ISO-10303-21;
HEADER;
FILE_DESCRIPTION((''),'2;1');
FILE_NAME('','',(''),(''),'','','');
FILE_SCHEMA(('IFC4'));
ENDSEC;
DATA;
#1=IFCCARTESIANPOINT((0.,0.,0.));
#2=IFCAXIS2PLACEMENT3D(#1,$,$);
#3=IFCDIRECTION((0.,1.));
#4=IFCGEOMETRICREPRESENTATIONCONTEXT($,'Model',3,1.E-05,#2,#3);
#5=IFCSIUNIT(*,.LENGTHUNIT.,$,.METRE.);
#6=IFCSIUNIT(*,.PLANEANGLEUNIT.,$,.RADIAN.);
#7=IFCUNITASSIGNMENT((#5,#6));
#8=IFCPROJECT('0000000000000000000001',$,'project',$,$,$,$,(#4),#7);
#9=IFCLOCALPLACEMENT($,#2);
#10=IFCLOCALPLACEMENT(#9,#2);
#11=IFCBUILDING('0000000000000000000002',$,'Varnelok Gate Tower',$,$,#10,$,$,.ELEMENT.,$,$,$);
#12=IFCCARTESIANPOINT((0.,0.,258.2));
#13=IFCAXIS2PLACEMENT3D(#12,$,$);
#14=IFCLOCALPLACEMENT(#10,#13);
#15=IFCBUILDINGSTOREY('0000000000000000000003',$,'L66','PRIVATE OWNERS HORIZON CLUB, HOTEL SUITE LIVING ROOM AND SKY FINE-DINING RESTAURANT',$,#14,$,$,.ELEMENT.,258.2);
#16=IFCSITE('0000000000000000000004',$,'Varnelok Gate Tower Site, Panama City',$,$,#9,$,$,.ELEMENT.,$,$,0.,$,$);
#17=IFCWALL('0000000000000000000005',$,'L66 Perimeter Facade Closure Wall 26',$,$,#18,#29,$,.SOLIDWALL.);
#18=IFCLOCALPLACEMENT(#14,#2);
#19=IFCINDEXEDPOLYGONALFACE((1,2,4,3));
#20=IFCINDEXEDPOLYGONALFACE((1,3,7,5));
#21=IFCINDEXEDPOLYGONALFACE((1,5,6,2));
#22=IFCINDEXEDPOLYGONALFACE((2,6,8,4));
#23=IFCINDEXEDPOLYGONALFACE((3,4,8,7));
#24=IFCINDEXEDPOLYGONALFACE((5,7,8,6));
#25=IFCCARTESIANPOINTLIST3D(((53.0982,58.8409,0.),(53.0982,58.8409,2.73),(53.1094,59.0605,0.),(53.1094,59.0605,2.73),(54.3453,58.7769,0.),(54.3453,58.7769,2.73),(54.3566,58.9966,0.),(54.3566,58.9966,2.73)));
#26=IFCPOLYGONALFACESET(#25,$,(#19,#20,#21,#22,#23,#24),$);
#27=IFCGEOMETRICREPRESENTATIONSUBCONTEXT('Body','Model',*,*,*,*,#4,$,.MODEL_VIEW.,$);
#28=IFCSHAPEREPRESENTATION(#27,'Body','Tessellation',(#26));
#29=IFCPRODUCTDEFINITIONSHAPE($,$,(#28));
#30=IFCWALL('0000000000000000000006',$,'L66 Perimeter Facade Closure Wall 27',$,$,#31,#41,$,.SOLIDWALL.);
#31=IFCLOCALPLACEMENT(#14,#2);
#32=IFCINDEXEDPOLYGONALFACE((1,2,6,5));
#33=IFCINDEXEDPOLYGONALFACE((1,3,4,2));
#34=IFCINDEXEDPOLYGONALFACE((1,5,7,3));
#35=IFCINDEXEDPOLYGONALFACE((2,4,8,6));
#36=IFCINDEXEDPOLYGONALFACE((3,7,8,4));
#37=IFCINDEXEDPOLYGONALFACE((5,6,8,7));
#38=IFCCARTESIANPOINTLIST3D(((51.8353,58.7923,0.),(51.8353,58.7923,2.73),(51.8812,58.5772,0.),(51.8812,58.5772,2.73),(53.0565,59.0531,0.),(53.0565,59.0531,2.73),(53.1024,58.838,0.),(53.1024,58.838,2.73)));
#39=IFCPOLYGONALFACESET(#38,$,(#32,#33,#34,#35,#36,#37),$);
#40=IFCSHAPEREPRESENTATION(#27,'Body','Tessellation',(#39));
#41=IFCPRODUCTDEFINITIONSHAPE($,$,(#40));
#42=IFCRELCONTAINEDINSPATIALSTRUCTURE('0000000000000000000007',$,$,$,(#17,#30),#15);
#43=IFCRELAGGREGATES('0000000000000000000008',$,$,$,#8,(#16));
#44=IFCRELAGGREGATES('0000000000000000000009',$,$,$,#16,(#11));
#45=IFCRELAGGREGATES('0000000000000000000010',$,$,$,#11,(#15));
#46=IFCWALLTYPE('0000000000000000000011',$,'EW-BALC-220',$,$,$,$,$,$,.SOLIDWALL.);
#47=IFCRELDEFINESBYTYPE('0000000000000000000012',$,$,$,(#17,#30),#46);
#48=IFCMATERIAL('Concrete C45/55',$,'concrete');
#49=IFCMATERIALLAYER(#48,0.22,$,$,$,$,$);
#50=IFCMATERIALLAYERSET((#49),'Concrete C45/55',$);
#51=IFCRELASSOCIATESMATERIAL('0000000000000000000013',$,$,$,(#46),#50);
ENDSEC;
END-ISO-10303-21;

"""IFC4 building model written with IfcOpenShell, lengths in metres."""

from ifc_helpers import new_model, si_unit, direction, frame, frame_2d, origin, place, context, subcontext, project, spatial, rectangle, extrude, material, layer, layer_set, type_object, element, save


model = new_model("IFC4")

# Units and contexts
model_context = context("Model", 3, precision=1e-05, world=origin(), true_north=direction((0.0, 1.0)))
body_context = subcontext(model_context, "Body", "Model", "MODEL_VIEW")
ifc_project = project(units=[si_unit("LENGTHUNIT", "METRE"), si_unit("PLANEANGLEUNIT", "RADIAN")], contexts=[model_context])

# Site, building, storey
site_placement = place(None, origin())
site = spatial("IfcSite", under=ifc_project, at=site_placement, Name="Varnelok Gate Tower Site, Panama City", CompositionType="ELEMENT", RefElevation=0.0)
building_placement = place(site_placement, origin())
building = spatial("IfcBuilding", under=site, at=building_placement, Name="Varnelok Gate Tower", CompositionType="ELEMENT")
storey_placement = place(building_placement, frame((0.0, 0.0, 258.2)))
storey = spatial("IfcBuildingStorey", under=building, at=storey_placement, Name="L66", Description="PRIVATE OWNERS HORIZON CLUB, HOTEL SUITE LIVING ROOM AND SKY FINE-DINING RESTAURANT", CompositionType="ELEMENT", Elevation=258.2)

# Walls
ifc_material_1 = material(Name="Concrete C45/55", Category="concrete")
ifc_layer_1 = layer(ifc_material_1, 0.22)
ifc_layer_set_1 = layer_set([ifc_layer_1], Name="Concrete C45/55")
wall_type = type_object("IfcWallType", Name="EW-BALC-220", PredefinedType="SOLIDWALL", material=ifc_layer_set_1)
for number, where, z_axis, x_axis, name in (
    (1, (54.3511, 58.8867, 0.0), (0.0, 0.0, 1.0), (-0.998687, 0.051225, 0.0), "L66 Perimeter Facade Closure Wall 26"),
    (2, (53.0796, 58.9456, 0.0), (0.0, 0.0, 1.0), (-0.977957, -0.208808, 0.0), "L66 Perimeter Facade Closure Wall 27"),
):
    element("IfcWall", number, at=place(storey_placement, frame(where, z_axis=z_axis, x_axis=x_axis)), inside=storey, type_object=wall_type, Name=name, PredefinedType="SOLIDWALL", context=body_context, shape_type="SweptSolid", body=[
        extrude(rectangle(XDim=1.2488, YDim=0.22, at=frame_2d((0.6245, 0.0))), origin(), (0.0, 0.0, 1.0), 2.73),
    ])

save(model, "model.ifc")
